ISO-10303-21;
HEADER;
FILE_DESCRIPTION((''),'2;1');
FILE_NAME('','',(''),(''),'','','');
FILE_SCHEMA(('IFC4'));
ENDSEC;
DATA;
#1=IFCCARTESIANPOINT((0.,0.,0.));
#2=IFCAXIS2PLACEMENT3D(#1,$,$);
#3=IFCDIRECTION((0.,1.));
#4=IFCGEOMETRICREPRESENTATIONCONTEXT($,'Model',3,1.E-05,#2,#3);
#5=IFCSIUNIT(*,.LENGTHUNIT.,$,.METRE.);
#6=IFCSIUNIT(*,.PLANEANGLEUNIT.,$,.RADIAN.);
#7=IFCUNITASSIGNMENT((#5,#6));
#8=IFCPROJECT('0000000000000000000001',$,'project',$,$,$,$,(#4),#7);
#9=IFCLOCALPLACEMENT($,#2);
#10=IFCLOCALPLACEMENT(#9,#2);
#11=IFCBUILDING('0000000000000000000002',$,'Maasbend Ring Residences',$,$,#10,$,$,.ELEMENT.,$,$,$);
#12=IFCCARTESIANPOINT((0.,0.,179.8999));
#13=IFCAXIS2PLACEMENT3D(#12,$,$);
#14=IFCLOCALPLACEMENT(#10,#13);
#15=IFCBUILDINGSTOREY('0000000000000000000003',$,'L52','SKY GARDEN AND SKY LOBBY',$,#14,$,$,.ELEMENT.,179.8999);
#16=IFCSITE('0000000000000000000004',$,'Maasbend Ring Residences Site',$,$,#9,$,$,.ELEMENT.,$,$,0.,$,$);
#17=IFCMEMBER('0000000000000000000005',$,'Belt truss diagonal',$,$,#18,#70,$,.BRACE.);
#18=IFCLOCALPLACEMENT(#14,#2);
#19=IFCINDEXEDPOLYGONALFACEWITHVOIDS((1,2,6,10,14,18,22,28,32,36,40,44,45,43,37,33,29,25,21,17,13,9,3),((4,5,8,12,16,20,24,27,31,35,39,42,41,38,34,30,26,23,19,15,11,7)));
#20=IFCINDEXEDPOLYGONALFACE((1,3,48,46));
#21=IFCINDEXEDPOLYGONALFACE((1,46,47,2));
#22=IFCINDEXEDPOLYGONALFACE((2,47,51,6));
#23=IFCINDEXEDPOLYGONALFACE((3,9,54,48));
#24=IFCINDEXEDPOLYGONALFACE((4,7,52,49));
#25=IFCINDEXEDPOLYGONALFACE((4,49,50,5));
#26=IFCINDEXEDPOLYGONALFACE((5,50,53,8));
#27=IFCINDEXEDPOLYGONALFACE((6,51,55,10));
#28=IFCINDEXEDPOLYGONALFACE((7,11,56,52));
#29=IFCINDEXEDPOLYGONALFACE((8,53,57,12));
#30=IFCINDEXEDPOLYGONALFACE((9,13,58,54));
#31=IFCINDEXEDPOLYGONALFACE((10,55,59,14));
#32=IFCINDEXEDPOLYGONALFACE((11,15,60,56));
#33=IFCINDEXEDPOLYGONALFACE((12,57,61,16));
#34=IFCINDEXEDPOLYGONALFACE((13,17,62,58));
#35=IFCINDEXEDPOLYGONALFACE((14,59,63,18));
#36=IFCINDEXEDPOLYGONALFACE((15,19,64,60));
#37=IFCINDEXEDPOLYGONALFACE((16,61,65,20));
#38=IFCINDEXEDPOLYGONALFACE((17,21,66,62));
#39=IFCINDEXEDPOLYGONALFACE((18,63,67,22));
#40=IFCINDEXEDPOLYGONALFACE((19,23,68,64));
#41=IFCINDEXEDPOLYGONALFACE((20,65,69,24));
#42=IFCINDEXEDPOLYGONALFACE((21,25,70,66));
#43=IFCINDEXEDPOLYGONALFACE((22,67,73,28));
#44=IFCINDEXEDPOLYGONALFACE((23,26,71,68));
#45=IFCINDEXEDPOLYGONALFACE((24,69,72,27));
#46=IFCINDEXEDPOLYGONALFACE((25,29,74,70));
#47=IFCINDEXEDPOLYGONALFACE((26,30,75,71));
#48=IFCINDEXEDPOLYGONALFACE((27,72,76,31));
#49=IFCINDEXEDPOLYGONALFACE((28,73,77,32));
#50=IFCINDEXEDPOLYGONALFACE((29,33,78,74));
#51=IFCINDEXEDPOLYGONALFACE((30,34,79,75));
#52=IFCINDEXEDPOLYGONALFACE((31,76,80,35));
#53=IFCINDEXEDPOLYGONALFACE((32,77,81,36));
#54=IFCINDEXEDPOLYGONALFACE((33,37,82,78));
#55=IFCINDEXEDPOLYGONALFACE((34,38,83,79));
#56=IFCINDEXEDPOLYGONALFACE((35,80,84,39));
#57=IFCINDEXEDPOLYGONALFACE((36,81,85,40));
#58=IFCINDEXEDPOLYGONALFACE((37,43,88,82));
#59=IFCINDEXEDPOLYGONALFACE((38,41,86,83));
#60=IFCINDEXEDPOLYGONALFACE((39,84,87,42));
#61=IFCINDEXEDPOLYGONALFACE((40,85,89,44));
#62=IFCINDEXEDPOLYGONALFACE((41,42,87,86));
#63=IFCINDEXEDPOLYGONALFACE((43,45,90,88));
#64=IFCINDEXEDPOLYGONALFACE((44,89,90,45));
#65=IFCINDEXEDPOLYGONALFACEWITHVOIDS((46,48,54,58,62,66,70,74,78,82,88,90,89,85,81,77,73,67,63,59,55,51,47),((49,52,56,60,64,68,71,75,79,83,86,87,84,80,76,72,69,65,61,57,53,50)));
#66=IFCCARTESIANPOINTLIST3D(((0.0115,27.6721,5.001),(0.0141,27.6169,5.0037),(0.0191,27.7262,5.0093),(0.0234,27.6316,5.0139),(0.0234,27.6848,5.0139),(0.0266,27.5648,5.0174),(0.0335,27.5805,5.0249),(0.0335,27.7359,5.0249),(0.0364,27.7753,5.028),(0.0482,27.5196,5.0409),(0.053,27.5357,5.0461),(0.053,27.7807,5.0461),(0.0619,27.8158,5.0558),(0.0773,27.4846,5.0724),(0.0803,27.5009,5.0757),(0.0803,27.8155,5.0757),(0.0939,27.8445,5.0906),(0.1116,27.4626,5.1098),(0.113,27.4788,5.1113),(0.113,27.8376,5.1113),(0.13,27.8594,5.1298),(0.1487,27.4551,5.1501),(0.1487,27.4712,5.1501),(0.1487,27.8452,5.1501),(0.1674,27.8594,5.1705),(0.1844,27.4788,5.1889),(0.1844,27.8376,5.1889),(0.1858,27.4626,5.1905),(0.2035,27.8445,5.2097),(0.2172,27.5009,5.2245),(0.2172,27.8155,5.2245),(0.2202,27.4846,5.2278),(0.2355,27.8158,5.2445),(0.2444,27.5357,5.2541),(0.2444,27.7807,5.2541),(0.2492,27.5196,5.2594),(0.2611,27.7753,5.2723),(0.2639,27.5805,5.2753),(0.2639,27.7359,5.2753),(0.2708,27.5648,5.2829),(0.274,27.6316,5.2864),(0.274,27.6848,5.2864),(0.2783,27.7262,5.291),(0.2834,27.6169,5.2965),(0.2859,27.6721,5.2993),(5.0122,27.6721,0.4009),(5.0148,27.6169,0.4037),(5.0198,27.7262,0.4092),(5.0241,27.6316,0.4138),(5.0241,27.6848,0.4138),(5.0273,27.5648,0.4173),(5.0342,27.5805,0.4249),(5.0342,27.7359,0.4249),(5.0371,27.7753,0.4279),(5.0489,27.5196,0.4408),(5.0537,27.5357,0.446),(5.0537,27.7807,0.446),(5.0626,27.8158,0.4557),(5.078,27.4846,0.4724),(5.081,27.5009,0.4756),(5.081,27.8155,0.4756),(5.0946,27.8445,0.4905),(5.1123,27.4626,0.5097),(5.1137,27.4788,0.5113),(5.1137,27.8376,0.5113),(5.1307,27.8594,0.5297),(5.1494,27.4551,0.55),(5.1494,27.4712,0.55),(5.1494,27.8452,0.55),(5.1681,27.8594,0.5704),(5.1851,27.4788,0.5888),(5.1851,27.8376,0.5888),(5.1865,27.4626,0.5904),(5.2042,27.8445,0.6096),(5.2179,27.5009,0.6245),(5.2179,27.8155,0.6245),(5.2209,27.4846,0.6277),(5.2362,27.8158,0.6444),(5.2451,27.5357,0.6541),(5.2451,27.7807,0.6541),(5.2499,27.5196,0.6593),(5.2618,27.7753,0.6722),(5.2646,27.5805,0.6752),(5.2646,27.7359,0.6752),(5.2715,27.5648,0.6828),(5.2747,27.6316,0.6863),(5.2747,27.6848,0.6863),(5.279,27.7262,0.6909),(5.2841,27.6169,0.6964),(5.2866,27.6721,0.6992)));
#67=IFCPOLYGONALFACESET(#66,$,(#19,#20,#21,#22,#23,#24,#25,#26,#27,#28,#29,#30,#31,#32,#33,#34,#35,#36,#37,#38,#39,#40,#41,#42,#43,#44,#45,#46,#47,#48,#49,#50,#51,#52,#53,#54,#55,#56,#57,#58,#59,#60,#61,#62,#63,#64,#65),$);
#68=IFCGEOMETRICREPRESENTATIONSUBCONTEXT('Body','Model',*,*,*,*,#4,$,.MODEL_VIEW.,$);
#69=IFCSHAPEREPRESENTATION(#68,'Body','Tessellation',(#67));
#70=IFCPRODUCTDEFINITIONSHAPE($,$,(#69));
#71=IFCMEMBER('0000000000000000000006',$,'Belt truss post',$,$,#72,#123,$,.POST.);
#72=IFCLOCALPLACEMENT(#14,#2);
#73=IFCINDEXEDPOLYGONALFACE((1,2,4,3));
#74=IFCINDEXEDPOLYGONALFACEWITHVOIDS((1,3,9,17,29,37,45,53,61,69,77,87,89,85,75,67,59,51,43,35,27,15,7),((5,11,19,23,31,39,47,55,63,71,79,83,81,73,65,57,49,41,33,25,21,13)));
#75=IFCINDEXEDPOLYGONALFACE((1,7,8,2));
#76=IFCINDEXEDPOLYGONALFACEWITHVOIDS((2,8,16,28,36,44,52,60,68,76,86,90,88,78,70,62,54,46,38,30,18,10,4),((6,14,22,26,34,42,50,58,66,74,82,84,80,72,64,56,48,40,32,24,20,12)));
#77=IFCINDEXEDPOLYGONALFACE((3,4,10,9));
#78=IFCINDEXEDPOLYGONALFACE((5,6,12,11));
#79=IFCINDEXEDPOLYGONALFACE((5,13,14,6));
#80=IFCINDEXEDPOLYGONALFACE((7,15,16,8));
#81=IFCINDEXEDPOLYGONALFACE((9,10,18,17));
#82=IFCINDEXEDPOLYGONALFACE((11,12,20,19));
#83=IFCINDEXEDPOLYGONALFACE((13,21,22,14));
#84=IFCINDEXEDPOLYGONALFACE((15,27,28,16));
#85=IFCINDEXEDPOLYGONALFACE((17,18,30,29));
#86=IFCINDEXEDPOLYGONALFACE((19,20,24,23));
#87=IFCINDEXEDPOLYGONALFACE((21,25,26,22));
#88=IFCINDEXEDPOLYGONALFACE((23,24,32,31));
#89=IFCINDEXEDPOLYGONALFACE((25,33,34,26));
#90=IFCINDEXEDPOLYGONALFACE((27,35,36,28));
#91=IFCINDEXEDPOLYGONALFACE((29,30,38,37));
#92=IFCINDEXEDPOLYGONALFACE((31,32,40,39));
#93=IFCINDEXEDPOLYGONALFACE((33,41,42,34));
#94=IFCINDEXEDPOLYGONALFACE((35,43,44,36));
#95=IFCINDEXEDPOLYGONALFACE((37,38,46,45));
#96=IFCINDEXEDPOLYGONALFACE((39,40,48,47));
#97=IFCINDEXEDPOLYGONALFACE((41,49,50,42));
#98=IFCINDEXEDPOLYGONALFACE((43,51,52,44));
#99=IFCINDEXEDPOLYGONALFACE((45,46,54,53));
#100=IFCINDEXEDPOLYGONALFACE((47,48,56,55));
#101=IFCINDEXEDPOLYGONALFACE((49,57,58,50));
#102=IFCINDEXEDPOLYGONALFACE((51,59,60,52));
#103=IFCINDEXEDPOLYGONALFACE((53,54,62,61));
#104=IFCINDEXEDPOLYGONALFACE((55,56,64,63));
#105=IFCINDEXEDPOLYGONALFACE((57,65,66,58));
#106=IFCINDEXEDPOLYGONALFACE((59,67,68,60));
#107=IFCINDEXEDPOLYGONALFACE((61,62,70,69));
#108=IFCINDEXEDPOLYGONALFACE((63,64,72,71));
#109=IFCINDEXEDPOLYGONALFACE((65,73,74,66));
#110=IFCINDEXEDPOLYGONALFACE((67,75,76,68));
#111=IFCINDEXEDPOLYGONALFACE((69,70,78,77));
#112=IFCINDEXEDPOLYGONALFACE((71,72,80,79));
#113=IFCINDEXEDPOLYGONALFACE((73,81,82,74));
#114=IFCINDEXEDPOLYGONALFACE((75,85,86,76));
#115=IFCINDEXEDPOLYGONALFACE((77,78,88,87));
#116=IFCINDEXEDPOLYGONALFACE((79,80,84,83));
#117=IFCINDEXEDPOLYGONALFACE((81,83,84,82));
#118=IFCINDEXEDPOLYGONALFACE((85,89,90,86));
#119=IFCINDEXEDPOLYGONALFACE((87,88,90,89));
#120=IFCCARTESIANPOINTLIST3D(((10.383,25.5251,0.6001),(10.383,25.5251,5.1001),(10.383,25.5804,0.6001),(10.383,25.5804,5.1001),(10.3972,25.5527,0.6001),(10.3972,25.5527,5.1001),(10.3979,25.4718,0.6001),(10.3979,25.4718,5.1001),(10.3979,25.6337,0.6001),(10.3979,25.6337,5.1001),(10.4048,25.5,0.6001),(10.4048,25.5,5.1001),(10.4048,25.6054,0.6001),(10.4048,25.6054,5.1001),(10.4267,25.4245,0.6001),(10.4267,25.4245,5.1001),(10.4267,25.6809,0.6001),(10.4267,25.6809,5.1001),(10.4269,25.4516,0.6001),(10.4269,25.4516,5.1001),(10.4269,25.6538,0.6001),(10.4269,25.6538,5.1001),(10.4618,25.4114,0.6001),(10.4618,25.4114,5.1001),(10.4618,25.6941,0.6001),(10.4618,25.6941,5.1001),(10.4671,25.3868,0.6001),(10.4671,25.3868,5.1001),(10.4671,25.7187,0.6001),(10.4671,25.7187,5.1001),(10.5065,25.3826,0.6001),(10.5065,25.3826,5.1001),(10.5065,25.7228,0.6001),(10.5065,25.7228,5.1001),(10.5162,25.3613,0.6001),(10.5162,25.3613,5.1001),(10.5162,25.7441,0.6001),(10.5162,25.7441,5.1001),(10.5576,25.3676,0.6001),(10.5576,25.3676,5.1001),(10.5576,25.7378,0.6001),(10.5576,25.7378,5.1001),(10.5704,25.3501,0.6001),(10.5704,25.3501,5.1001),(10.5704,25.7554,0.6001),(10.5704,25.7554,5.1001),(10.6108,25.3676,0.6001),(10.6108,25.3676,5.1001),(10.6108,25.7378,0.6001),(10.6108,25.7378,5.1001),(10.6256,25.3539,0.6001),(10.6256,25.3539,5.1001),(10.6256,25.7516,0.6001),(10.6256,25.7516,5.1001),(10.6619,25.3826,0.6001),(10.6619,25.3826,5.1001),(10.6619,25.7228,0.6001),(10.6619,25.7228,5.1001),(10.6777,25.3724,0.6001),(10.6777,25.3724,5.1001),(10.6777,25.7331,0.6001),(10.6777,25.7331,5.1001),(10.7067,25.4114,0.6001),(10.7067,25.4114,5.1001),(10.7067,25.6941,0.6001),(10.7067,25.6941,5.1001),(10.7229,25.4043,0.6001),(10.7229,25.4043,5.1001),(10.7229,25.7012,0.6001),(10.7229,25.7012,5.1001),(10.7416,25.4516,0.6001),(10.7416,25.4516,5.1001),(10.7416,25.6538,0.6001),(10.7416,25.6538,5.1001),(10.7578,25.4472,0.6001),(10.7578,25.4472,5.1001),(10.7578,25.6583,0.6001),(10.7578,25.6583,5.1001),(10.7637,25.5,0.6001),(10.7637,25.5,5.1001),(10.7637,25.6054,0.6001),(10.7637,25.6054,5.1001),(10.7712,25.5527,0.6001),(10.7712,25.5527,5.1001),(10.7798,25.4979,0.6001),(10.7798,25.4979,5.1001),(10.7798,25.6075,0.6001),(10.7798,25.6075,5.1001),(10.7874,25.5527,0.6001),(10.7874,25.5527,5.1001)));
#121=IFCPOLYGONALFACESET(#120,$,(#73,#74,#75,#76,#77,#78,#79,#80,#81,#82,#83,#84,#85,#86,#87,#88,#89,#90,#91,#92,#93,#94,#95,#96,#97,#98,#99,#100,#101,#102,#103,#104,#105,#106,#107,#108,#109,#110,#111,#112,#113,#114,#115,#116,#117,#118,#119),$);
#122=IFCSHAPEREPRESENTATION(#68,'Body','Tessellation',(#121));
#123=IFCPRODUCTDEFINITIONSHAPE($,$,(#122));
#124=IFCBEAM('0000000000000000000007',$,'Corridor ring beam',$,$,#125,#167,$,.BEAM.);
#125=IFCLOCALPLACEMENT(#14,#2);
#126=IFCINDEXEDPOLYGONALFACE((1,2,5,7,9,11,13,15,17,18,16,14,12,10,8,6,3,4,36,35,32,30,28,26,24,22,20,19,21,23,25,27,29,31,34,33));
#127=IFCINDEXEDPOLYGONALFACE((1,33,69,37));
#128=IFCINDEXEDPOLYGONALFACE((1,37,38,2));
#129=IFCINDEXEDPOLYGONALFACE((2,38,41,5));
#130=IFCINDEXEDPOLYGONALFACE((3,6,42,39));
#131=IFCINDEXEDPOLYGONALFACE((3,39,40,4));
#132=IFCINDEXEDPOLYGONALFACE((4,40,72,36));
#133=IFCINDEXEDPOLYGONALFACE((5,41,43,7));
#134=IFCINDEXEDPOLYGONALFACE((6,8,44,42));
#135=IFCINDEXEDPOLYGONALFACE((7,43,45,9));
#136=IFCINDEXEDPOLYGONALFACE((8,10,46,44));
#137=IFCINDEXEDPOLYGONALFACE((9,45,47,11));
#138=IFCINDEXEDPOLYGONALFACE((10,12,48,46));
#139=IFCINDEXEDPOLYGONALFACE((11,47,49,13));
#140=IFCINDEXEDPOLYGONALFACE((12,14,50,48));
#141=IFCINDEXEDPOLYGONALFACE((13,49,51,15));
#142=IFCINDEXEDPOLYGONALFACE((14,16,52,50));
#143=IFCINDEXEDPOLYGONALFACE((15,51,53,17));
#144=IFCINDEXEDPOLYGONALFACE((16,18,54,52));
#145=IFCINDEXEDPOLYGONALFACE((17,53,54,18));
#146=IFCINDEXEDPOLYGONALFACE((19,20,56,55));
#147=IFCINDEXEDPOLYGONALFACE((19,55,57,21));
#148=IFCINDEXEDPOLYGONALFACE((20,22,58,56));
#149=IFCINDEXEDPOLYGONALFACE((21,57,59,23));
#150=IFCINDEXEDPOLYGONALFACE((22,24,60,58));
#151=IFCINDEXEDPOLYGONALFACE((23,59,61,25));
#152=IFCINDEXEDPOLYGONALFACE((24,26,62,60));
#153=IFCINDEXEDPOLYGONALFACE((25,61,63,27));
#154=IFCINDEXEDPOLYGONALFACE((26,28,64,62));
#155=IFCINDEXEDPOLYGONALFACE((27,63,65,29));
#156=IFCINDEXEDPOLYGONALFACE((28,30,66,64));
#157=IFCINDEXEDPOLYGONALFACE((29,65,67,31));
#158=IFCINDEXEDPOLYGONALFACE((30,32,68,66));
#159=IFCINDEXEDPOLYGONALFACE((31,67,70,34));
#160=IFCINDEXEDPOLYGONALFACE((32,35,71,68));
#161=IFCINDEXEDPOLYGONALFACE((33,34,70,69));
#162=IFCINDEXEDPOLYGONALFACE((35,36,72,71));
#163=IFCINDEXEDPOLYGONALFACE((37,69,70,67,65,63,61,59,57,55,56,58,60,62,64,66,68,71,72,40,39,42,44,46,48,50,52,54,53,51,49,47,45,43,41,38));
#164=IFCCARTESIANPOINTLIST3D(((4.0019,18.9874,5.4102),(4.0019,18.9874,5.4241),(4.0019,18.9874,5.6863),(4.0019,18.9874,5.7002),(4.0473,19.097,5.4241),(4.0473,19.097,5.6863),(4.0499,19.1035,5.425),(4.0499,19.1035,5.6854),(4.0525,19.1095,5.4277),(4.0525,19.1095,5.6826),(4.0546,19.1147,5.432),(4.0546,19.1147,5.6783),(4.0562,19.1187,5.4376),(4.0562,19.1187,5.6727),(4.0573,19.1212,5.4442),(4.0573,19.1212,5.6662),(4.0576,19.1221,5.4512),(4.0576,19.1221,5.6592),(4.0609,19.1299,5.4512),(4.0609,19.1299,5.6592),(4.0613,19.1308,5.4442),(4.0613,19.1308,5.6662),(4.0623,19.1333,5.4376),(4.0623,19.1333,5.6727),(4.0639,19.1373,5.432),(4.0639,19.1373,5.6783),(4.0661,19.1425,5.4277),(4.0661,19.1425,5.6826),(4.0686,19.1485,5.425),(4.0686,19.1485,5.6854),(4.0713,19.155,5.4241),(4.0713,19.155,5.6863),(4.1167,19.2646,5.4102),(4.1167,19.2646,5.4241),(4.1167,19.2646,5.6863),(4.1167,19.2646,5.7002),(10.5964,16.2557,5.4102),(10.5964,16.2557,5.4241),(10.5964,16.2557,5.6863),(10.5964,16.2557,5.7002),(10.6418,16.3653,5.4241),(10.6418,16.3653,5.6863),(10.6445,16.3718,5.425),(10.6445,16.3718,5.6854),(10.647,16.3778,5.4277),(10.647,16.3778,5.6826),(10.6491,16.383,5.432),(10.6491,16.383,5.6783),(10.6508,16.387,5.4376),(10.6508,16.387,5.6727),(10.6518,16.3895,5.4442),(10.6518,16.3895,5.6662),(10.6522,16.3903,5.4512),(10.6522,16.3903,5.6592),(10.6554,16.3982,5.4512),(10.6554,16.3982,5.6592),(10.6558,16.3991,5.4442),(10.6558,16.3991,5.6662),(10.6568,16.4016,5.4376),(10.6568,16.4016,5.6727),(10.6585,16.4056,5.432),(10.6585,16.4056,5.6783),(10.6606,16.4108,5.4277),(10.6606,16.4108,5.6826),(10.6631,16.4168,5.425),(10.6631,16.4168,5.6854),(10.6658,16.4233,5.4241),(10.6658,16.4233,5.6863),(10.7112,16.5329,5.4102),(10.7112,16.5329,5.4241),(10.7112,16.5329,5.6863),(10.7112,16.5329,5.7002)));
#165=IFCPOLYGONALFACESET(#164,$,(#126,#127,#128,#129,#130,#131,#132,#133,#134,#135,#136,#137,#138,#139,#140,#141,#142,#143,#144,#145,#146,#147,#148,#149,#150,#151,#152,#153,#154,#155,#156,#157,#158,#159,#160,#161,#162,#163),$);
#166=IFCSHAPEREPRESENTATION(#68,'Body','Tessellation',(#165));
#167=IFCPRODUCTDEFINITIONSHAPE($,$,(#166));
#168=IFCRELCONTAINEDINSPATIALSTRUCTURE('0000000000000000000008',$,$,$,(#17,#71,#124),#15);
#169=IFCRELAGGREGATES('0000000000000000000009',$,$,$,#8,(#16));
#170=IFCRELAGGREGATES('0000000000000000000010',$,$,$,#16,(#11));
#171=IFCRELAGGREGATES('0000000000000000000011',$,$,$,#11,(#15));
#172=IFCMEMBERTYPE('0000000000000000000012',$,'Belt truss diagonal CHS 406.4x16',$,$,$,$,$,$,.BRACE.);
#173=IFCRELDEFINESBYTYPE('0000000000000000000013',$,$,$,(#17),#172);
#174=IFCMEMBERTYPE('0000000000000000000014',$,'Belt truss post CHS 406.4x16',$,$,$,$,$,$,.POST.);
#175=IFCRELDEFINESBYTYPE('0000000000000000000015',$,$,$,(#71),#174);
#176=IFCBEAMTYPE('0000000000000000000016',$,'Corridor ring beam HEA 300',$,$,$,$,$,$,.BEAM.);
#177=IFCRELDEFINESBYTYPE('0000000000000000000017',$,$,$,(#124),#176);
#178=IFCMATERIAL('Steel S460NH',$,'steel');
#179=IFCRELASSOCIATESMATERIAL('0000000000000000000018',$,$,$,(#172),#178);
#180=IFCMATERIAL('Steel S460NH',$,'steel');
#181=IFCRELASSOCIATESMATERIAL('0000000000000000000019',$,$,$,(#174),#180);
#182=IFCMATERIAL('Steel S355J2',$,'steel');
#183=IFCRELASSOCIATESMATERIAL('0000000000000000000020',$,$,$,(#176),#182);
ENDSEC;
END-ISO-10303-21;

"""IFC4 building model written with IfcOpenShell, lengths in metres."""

from ifc_helpers import new_model, si_unit, direction, frame, origin, origin_2d, place, context, subcontext, project, spatial, hollow_circle, i_section, extrude, material, material_profile, profile_set, type_object, element, save


model = new_model("IFC4")

# Units and contexts
model_context = context("Model", 3, precision=1e-05, world=origin(), true_north=direction((0.0, 1.0)))
body_context = subcontext(model_context, "Body", "Model", "MODEL_VIEW")
ifc_project = project(units=[si_unit("LENGTHUNIT", "METRE"), si_unit("PLANEANGLEUNIT", "RADIAN")], contexts=[model_context])

# Site, building, storey
site_placement = place(None, origin())
site = spatial("IfcSite", under=ifc_project, at=site_placement, Name="Maasbend Ring Residences Site", CompositionType="ELEMENT", RefElevation=0.0)
building_placement = place(site_placement, origin())
building = spatial("IfcBuilding", under=site, at=building_placement, Name="Maasbend Ring Residences", CompositionType="ELEMENT")
storey_placement = place(building_placement, frame((0.0, 0.0, 179.8999)))
storey = spatial("IfcBuildingStorey", under=building, at=storey_placement, Name="L52", Description="SKY GARDEN AND SKY LOBBY", CompositionType="ELEMENT", Elevation=179.8999)

# Members
ifc_material_1 = material(Name="Steel S460NH", Category="steel")
ifc_material_profile_1 = material_profile(ifc_material_1, hollow_circle(Radius=0.2031, WallThickness=0.0161, at=origin_2d()), Name="Belt truss diagonal CHS 406.4x16")
ifc_profile_set_1 = profile_set([ifc_material_profile_1], Name="Steel S460NH")
member_type_1 = type_object("IfcMemberType", Name="Belt truss diagonal CHS 406.4x16", PredefinedType="BRACE", material=ifc_profile_set_1)
member_1_placement = place(storey_placement, frame((5.1494, 27.6582, 0.55), z_axis=(-0.735973, 0.0, 0.677011), x_axis=(0.0, -1.0, 0.0)))
element("IfcMember", 1, at=member_1_placement, inside=storey, type_object=member_type_1, Name="Belt truss diagonal", PredefinedType="BRACE", context=body_context, shape_type="SweptSolid", body=[
    extrude(hollow_circle(Radius=0.2031, WallThickness=0.0161, at=origin_2d()), origin(), (0.0, 0.0, 1.0), 6.7947),
])
ifc_material_2 = material(Name="Steel S460NH", Category="steel")
ifc_material_profile_2 = material_profile(ifc_material_2, hollow_circle(Radius=0.2031, WallThickness=0.0161, at=origin_2d()), Name="Belt truss post CHS 406.4x16")
ifc_profile_set_2 = profile_set([ifc_material_profile_2], Name="Steel S460NH")
member_type_2 = type_object("IfcMemberType", Name="Belt truss post CHS 406.4x16", PredefinedType="POST", material=ifc_profile_set_2)
member_2_placement = place(storey_placement, frame((10.5842, 25.5527, 0.6001), z_axis=(0.0, 0.0, 1.0), x_axis=(1.0, 0.0, 0.0)))
element("IfcMember", 2, at=member_2_placement, inside=storey, type_object=member_type_2, Name="Belt truss post", PredefinedType="POST", context=body_context, shape_type="SweptSolid", body=[
    extrude(hollow_circle(Radius=0.2031, WallThickness=0.0161, at=origin_2d()), origin(), (0.0, 0.0, 1.0), 4.5),
])

# Beam
ifc_material_3 = material(Name="Steel S355J2", Category="steel")
ifc_material_profile_3 = material_profile(ifc_material_3, i_section(OverallWidth=0.3, OverallDepth=0.29, WebThickness=0.0085, FlangeThickness=0.0139, FilletRadius=0.0271, at=origin_2d()), Name="HEA 300")
ifc_profile_set_3 = profile_set([ifc_material_profile_3], Name="Steel S355J2")
beam_type_1 = type_object("IfcBeamType", Name="Corridor ring beam HEA 300", PredefinedType="BEAM", material=ifc_profile_set_3)
beam_1_placement = place(storey_placement, frame((10.6538, 16.3943, 5.5552), z_axis=(-0.923871, 0.382703, 0.0), x_axis=(-0.382703, -0.923871, 0.0)))
element("IfcBeam", 3, at=beam_1_placement, inside=storey, type_object=beam_type_1, Name="Corridor ring beam", PredefinedType="BEAM", context=body_context, shape_type="SweptSolid", body=[
    extrude(i_section(OverallWidth=0.3, OverallDepth=0.29, WebThickness=0.0085, FlangeThickness=0.0139, FilletRadius=0.0271, at=origin_2d()), origin(), (0.0, 0.0, 1.0), 7.1379),
])

save(model, "model.ifc")
